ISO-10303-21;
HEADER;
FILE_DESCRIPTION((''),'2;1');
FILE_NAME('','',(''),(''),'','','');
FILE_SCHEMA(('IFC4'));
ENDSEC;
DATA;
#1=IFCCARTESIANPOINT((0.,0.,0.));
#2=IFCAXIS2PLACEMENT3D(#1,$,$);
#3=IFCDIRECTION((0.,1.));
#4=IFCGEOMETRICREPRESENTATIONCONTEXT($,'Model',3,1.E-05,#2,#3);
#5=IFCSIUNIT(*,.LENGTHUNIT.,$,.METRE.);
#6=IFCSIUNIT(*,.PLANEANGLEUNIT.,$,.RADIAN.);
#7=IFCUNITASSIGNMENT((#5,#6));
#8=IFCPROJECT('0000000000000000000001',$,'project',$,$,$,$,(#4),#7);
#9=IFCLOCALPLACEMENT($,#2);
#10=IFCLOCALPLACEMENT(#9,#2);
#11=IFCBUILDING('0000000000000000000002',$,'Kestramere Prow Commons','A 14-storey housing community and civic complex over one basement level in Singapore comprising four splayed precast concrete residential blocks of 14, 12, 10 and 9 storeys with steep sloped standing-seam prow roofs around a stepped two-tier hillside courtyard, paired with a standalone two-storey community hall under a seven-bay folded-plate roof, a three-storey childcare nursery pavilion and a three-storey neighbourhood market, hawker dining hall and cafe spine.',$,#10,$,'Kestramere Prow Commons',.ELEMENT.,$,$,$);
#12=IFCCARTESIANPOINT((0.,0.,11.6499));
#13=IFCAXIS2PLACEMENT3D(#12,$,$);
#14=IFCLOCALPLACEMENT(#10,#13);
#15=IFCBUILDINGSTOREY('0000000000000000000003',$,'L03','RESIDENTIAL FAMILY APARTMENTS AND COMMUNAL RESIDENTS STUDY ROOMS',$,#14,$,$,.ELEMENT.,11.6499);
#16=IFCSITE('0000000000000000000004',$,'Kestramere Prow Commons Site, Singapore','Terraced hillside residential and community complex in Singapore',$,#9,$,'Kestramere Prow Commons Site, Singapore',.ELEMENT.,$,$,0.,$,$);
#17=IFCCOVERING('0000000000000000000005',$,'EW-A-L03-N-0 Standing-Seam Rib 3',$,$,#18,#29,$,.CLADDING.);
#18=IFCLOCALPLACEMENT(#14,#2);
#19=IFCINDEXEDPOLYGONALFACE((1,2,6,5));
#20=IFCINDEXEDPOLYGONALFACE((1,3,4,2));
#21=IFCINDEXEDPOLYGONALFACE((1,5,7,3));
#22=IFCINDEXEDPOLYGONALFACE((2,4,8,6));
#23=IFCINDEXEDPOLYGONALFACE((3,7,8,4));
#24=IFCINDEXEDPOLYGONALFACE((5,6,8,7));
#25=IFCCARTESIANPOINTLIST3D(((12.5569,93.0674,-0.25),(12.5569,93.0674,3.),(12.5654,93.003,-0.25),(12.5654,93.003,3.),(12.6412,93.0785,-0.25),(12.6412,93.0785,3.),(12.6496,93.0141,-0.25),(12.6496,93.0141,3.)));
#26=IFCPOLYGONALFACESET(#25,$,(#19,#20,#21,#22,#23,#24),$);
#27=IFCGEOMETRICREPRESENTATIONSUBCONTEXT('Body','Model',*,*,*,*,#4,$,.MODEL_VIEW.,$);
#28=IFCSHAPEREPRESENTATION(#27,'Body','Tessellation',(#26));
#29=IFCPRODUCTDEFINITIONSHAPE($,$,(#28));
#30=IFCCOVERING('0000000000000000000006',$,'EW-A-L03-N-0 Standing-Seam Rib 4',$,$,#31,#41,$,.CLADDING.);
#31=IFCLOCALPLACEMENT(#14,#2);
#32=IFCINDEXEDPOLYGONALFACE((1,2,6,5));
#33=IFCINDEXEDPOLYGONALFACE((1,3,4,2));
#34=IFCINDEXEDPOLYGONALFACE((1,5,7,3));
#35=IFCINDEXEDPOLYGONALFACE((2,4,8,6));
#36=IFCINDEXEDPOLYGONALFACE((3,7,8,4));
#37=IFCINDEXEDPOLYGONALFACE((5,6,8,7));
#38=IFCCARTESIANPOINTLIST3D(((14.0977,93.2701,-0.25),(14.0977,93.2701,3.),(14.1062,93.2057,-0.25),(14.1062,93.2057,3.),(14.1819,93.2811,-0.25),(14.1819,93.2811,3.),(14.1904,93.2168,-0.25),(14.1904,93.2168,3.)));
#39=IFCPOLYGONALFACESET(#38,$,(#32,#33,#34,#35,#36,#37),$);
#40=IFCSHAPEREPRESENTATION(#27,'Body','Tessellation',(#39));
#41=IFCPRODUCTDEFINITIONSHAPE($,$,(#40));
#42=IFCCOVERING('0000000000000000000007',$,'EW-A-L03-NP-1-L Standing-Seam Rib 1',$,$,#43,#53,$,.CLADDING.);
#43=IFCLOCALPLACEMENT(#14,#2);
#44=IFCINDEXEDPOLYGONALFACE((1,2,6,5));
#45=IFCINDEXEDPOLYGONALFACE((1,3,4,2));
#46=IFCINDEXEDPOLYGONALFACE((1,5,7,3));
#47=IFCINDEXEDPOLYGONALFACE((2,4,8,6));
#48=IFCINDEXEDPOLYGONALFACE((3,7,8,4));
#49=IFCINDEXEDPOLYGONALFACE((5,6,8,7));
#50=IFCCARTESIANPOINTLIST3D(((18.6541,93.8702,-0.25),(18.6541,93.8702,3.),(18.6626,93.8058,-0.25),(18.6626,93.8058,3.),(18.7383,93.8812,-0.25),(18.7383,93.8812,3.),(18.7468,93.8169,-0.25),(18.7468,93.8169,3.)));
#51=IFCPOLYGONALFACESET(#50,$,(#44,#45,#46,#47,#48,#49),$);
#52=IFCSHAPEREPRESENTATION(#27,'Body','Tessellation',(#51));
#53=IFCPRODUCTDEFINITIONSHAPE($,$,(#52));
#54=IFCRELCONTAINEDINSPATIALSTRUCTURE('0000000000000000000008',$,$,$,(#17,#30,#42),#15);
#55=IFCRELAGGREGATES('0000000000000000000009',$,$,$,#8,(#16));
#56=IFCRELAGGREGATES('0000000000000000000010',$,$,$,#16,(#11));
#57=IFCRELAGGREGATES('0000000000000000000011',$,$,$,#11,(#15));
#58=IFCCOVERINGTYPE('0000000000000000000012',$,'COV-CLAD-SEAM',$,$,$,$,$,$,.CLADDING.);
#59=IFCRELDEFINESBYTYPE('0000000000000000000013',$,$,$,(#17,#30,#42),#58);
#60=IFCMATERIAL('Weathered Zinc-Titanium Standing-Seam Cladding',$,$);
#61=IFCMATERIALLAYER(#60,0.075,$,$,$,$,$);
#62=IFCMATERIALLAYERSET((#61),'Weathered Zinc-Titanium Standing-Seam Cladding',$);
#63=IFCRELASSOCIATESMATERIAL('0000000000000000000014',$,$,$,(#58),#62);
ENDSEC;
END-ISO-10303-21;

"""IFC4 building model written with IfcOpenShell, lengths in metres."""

from ifc_helpers import new_model, si_unit, direction, frame, origin, origin_2d, place, context, subcontext, project, spatial, rectangle, extrude, material, layer, layer_set, type_object, element, save


model = new_model("IFC4")

# Units and contexts
model_context = context("Model", 3, precision=1e-05, world=origin(), true_north=direction((0.0, 1.0)))
body_context = subcontext(model_context, "Body", "Model", "MODEL_VIEW")
ifc_project = project(units=[si_unit("LENGTHUNIT", "METRE"), si_unit("PLANEANGLEUNIT", "RADIAN")], contexts=[model_context])

# Site, building, storey
site_placement = place(None, origin())
site = spatial("IfcSite", under=ifc_project, at=site_placement, Name="Kestramere Prow Commons Site, Singapore", Description="Terraced hillside residential and community complex in Singapore", LongName="Kestramere Prow Commons Site, Singapore", CompositionType="ELEMENT", RefElevation=0.0)
building_placement = place(site_placement, origin())
building = spatial("IfcBuilding", under=site, at=building_placement, Name="Kestramere Prow Commons", Description="A 14-storey housing community and civic complex over one basement level in Singapore comprising four splayed precast concrete residential blocks of 14, 12, 10 and 9 storeys with steep sloped standing-seam prow roofs around a stepped two-tier hillside courtyard, paired with a standalone two-storey community hall under a seven-bay folded-plate roof, a three-storey childcare nursery pavilion and a three-storey neighbourhood market, hawker dining hall and cafe spine.", LongName="Kestramere Prow Commons", CompositionType="ELEMENT")
storey_placement = place(building_placement, frame((0.0, 0.0, 11.6499)))
storey = spatial("IfcBuildingStorey", under=building, at=storey_placement, Name="L03", Description="RESIDENTIAL FAMILY APARTMENTS AND COMMUNAL RESIDENTS STUDY ROOMS", CompositionType="ELEMENT", Elevation=11.6499)

# Coverings
ifc_material_1 = material(Name="Weathered Zinc-Titanium Standing-Seam Cladding")
ifc_layer_1 = layer(ifc_material_1, 0.075)
ifc_layer_set_1 = layer_set([ifc_layer_1], Name="Weathered Zinc-Titanium Standing-Seam Cladding")
covering_type = type_object("IfcCoveringType", Name="COV-CLAD-SEAM", PredefinedType="CLADDING", material=ifc_layer_set_1)
for number, where, z_axis, x_axis, name in (
    (1, (12.6033, 93.0408, -0.25), (0.0, 0.0, 1.0), (0.991445, 0.130526, 0.0), "EW-A-L03-N-0 Standing-Seam Rib 3"),
    (2, (14.144, 93.2434, -0.25), (0.0, 0.0, 1.0), (0.991445, 0.130526, 0.0), "EW-A-L03-N-0 Standing-Seam Rib 4"),
    (3, (18.7004, 93.8435, -0.25), (0.0, 0.0, 1.0), (0.991445, 0.130526, 0.0), "EW-A-L03-NP-1-L Standing-Seam Rib 1"),
):
    element("IfcCovering", number, at=place(storey_placement, frame(where, z_axis=z_axis, x_axis=x_axis)), inside=storey, type_object=covering_type, Name=name, PredefinedType="CLADDING", context=body_context, shape_type="SweptSolid", body=[
        extrude(rectangle(XDim=0.085, YDim=0.0649, at=origin_2d()), origin(), (0.0, 0.0, 1.0), 3.25),
    ])

save(model, "model.ifc")
